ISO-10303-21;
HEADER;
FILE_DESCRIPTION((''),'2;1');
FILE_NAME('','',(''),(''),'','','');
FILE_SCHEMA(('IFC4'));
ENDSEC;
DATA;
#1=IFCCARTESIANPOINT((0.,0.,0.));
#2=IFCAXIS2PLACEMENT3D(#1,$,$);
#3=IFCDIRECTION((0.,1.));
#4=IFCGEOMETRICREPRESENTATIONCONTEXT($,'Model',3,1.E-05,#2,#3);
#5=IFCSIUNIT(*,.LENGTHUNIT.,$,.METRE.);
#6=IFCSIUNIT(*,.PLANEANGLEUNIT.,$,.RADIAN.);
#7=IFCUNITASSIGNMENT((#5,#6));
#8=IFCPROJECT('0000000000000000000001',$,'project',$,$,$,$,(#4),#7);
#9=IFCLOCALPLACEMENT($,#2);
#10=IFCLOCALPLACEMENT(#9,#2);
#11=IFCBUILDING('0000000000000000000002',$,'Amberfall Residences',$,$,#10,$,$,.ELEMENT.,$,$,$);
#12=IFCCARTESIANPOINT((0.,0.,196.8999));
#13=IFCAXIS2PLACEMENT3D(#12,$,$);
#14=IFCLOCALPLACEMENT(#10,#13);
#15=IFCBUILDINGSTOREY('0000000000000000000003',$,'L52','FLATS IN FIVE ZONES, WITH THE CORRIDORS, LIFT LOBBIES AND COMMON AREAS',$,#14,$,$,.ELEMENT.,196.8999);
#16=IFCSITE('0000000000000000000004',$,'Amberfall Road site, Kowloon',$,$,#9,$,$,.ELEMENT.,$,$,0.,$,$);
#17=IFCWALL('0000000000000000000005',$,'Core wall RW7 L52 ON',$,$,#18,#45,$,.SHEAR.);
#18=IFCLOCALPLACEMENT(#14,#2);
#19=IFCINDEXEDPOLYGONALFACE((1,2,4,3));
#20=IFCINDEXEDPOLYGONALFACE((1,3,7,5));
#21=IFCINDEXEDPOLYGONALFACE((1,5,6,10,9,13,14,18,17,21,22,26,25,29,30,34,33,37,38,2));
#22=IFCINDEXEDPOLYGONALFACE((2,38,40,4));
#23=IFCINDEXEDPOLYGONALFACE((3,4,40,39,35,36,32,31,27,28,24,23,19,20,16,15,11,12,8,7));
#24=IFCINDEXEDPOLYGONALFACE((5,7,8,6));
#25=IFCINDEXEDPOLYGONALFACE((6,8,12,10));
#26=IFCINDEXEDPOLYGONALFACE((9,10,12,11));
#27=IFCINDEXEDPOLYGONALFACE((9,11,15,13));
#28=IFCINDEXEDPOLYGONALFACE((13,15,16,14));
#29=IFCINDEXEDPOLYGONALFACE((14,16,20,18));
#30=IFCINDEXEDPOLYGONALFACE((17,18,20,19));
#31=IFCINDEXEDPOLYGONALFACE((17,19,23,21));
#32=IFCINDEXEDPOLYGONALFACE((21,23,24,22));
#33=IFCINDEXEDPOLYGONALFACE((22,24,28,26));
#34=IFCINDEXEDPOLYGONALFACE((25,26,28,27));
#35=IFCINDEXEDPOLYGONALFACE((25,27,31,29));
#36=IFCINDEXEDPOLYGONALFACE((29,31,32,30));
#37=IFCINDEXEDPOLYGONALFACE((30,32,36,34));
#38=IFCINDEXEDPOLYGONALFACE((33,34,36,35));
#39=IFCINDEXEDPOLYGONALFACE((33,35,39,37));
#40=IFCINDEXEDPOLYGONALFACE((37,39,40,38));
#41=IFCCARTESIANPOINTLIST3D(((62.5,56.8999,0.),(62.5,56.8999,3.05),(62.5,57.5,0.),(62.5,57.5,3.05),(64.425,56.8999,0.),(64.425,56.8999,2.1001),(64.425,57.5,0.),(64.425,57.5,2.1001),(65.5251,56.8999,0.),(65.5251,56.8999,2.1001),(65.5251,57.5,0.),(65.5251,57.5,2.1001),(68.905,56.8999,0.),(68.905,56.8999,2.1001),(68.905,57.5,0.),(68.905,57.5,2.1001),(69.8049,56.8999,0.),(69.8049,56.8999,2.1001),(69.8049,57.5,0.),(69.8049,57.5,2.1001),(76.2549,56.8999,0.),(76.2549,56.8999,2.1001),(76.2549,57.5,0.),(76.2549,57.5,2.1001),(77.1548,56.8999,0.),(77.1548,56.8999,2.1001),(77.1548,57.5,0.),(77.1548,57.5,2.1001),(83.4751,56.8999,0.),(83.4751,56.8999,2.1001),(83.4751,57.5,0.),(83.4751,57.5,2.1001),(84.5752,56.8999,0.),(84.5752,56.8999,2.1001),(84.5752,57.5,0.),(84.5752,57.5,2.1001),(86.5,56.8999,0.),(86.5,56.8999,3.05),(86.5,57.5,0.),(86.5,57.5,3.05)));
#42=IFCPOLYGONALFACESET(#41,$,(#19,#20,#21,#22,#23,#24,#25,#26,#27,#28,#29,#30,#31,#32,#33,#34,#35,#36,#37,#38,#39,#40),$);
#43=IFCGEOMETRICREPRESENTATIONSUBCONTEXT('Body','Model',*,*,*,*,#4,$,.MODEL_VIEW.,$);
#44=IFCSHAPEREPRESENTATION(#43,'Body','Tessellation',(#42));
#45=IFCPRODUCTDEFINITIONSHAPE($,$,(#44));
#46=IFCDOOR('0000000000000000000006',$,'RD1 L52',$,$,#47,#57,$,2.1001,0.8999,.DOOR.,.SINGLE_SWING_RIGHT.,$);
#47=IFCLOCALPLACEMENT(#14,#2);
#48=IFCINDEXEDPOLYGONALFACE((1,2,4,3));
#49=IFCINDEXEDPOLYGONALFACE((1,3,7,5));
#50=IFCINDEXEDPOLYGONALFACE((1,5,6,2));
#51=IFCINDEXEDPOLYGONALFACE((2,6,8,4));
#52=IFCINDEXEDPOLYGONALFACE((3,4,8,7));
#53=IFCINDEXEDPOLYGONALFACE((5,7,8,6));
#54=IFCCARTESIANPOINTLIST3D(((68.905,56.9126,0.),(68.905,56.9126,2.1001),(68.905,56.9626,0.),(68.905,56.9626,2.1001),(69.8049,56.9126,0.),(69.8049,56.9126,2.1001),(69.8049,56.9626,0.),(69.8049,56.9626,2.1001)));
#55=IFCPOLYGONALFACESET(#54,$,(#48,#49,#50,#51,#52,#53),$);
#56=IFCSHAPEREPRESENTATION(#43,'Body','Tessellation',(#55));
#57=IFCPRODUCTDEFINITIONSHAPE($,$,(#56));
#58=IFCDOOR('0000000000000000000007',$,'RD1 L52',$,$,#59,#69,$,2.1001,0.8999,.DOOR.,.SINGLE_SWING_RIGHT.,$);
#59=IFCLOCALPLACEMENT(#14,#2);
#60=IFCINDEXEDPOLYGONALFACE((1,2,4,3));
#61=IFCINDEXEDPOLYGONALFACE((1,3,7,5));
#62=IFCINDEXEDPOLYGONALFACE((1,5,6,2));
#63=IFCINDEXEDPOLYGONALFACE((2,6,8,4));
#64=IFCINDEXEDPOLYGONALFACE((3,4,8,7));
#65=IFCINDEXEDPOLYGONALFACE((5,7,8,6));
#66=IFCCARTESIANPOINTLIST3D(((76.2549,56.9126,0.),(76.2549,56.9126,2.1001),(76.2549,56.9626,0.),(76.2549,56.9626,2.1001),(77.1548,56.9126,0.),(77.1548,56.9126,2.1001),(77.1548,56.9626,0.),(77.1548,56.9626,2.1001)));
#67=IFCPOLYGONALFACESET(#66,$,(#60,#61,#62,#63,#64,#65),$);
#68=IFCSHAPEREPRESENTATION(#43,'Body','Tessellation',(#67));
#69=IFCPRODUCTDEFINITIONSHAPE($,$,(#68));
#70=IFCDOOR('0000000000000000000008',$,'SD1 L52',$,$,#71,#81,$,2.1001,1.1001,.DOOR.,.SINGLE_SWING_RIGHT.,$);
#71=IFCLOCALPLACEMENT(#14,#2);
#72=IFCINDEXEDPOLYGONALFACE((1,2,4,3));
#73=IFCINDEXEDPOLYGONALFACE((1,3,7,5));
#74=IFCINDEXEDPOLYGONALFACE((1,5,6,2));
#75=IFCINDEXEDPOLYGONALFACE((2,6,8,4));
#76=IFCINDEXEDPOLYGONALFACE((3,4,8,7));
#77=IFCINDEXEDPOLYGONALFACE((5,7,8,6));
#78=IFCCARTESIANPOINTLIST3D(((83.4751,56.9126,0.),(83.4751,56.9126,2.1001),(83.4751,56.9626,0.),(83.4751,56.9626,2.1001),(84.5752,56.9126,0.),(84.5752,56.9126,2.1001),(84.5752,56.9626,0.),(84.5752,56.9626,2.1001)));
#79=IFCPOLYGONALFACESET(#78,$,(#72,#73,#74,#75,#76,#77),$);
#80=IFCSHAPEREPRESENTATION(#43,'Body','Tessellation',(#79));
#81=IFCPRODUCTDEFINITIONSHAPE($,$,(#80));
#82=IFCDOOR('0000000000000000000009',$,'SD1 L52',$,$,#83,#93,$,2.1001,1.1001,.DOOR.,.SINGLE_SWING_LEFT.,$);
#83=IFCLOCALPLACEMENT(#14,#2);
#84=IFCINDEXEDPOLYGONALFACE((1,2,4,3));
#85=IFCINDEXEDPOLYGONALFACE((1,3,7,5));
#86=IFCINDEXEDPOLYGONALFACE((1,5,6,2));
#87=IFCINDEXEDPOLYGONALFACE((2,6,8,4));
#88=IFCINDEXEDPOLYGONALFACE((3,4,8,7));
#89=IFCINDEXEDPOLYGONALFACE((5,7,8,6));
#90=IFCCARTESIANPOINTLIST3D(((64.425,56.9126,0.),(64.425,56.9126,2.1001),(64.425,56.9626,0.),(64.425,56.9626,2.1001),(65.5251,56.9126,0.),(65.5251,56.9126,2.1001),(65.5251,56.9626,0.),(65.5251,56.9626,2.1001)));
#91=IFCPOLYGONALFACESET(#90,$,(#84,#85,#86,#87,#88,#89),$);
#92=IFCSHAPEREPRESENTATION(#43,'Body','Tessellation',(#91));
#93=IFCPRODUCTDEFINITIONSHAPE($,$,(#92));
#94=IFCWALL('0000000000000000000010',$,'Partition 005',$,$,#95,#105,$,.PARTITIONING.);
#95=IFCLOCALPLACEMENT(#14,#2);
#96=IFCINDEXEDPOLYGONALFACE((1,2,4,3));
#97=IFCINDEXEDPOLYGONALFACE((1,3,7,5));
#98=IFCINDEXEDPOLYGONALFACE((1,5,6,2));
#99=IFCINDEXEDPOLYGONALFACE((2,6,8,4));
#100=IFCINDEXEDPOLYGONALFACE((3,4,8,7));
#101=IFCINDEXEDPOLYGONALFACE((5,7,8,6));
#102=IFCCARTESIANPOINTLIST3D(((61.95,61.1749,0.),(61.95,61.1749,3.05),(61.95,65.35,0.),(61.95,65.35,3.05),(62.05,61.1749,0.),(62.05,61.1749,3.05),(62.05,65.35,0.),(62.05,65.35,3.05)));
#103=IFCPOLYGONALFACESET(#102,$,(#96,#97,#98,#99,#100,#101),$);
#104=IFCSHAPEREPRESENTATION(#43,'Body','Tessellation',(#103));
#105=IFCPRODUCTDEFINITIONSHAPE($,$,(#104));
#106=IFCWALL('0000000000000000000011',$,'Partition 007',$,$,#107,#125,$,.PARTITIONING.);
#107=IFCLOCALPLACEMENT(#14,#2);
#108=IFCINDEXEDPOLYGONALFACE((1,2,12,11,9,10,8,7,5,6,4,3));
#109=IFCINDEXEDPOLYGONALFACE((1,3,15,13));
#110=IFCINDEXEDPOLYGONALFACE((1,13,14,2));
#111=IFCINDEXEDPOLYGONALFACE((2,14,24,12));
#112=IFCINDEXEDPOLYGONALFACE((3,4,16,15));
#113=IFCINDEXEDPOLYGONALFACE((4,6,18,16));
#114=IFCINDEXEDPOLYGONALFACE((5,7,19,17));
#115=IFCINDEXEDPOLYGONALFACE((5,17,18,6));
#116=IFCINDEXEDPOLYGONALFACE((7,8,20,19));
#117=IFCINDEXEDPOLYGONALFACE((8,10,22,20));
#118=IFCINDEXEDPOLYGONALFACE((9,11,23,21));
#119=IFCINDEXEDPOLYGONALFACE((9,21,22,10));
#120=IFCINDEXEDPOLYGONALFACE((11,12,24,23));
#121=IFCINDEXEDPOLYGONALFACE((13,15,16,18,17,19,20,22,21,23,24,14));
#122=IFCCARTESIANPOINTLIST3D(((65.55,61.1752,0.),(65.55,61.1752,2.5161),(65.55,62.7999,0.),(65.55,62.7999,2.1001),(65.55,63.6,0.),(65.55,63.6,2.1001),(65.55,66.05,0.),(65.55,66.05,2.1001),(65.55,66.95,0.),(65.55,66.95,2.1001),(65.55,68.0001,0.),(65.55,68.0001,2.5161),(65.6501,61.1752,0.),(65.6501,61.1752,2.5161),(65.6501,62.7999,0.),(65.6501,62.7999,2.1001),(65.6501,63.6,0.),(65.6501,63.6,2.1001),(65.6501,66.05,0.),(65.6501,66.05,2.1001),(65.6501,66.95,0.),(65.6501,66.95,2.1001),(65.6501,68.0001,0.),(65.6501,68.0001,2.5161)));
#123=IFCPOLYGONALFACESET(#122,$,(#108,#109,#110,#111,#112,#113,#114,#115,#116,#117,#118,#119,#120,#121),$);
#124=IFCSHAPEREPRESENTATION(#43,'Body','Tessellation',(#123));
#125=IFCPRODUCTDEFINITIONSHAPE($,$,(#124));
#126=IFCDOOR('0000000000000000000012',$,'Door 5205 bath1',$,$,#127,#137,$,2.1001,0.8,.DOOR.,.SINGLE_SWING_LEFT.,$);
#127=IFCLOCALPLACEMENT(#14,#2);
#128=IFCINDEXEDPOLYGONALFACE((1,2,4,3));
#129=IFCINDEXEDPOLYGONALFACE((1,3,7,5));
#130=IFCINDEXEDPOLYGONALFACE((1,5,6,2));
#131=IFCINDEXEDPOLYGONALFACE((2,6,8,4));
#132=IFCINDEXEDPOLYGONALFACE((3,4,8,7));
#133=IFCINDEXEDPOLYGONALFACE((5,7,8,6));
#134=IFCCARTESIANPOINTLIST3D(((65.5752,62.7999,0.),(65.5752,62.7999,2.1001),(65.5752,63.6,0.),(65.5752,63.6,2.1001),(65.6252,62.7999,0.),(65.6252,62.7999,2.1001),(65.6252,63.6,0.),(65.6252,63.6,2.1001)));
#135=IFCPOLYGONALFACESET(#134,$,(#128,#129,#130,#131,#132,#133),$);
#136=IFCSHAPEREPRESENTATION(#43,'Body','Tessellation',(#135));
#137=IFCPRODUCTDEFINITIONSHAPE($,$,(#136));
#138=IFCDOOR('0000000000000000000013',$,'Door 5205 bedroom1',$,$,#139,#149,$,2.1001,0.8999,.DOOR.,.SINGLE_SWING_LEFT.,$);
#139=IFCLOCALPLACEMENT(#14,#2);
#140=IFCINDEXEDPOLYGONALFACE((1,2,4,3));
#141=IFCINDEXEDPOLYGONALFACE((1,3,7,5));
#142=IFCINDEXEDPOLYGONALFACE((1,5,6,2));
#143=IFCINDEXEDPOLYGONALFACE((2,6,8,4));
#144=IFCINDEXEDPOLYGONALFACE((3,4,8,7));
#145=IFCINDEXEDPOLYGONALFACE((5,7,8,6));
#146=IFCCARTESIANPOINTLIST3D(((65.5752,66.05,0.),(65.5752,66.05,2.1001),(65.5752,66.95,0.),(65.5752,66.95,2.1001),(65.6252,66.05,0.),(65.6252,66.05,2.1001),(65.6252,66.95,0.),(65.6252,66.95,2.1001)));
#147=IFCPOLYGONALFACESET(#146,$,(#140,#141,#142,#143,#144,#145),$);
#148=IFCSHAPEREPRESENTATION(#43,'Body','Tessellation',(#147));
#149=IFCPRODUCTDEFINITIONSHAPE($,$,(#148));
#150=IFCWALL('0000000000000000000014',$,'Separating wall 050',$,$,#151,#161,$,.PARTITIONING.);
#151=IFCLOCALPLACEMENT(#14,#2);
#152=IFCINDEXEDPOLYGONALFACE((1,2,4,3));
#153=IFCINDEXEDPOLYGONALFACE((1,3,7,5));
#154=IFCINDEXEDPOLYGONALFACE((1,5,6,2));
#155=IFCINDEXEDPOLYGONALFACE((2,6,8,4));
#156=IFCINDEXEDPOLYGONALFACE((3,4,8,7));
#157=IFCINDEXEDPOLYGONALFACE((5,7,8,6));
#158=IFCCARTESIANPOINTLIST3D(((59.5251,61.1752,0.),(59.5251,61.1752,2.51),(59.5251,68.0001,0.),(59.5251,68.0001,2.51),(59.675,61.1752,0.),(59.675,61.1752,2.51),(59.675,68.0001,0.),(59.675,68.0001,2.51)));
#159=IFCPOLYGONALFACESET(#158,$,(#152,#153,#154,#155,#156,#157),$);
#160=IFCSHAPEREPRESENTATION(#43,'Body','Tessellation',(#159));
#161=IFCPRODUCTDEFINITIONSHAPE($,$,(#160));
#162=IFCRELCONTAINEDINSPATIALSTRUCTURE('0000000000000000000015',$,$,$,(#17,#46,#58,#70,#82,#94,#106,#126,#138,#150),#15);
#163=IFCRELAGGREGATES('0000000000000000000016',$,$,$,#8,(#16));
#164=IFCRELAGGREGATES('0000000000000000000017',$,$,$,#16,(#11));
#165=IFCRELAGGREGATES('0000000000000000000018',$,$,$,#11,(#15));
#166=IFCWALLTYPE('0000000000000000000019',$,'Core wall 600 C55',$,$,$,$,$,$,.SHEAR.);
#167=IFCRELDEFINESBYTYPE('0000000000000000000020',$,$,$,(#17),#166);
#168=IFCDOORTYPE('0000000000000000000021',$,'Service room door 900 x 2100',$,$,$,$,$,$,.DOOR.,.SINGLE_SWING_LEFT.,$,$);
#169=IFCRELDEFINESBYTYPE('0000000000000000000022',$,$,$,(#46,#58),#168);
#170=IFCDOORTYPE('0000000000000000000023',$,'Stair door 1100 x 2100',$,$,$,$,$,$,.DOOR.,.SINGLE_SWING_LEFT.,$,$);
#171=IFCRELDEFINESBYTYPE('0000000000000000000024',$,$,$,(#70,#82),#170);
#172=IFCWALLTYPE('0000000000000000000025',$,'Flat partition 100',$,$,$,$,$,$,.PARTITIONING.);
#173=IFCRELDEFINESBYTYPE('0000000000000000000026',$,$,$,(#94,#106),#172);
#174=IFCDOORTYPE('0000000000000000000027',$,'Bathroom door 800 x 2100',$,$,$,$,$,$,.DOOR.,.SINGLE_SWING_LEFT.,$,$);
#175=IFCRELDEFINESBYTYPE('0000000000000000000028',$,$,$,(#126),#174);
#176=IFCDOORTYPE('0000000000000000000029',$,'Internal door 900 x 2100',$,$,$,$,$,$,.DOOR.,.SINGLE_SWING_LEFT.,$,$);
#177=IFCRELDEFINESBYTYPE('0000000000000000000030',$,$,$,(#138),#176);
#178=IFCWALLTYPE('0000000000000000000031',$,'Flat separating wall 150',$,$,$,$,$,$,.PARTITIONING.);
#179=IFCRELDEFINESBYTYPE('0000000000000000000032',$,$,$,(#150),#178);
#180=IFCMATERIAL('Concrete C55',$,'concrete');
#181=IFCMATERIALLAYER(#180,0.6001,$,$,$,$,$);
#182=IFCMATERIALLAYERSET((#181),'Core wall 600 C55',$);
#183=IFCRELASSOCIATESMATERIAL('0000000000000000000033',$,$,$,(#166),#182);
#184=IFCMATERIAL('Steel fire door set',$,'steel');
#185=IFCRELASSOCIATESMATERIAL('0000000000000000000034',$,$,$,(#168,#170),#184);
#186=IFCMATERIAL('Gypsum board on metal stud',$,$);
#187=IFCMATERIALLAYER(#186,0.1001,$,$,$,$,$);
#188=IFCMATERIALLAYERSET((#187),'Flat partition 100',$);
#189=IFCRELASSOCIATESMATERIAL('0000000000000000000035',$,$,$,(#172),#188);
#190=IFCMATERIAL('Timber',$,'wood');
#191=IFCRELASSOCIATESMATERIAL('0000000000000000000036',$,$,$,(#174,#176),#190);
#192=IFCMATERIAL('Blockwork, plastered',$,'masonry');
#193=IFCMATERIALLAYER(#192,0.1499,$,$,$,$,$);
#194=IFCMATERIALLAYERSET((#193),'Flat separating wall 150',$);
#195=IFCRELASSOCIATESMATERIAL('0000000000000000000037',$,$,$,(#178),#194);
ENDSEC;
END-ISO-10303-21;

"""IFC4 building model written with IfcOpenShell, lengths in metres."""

from ifc_helpers import new_model, si_unit, direction, frame, frame_2d, origin, place, context, subcontext, project, spatial, rectangle, extrude, material, layer, layer_set, type_object, element, fill, save


model = new_model("IFC4")

# Units and contexts
model_context = context("Model", 3, precision=1e-05, world=origin(), true_north=direction((0.0, 1.0)))
body_context = subcontext(model_context, "Body", "Model", "MODEL_VIEW")
ifc_project = project(units=[si_unit("LENGTHUNIT", "METRE"), si_unit("PLANEANGLEUNIT", "RADIAN")], contexts=[model_context])

# Site, building, storey
site_placement = place(None, origin())
site = spatial("IfcSite", under=ifc_project, at=site_placement, Name="Amberfall Road site, Kowloon", CompositionType="ELEMENT", RefElevation=0.0)
building_placement = place(site_placement, origin())
building = spatial("IfcBuilding", under=site, at=building_placement, Name="Amberfall Residences", CompositionType="ELEMENT")
storey_placement = place(building_placement, frame((0.0, 0.0, 196.8999)))
storey = spatial("IfcBuildingStorey", under=building, at=storey_placement, Name="L52", Description="FLATS IN FIVE ZONES, WITH THE CORRIDORS, LIFT LOBBIES AND COMMON AREAS", CompositionType="ELEMENT", Elevation=196.8999)

# Wall, openings, doors
ifc_material_1 = material(Name="Concrete C55", Category="concrete")
ifc_layer_1 = layer(ifc_material_1, 0.6001)
ifc_layer_set_1 = layer_set([ifc_layer_1], Name="Core wall 600 C55")
wall_type_1 = type_object("IfcWallType", Name="Core wall 600 C55", PredefinedType="SHEAR", material=ifc_layer_set_1)
wall_1_placement = place(storey_placement, frame((62.5, 57.2, 0.0), z_axis=(0.0, 0.0, 1.0), x_axis=(1.0, 0.0, 0.0)))
wall_1 = element("IfcWall", 1, at=wall_1_placement, inside=storey, type_object=wall_type_1, Name="Core wall RW7 L52 ON", PredefinedType="SHEAR", context=body_context, shape_type="SweptSolid", body=[
    extrude(rectangle(XDim=24.0, YDim=0.6001, at=frame_2d((12.0, 0.0))), origin(), (0.0, 0.0, 1.0), 3.05),
])
opening_1_placement = place(wall_1_placement, frame((20.9751, 0.0, 0.0)))
opening_1 = element("IfcOpeningElement", 2, at=opening_1_placement, cuts=wall_1, PredefinedType="OPENING", context=body_context, shape_type="SweptSolid", body=[
    extrude(rectangle(XDim=1.1001, YDim=2.1001, at=frame_2d((0.55, 1.05))), frame((0.0, 0.3101, 0.0), z_axis=(0.0, -1.0, 0.0), x_axis=(1.0, 0.0, 0.0)), (0.0, 0.0, 1.0), 0.6201),
])
opening_2_placement = place(wall_1_placement, frame((1.925, 0.0, 0.0)))
opening_2 = element("IfcOpeningElement", 3, at=opening_2_placement, cuts=wall_1, PredefinedType="OPENING", context=body_context, shape_type="SweptSolid", body=[
    extrude(rectangle(XDim=1.1001, YDim=2.1001, at=frame_2d((0.55, 1.05))), frame((0.0, 0.3101, 0.0), z_axis=(0.0, -1.0, 0.0), x_axis=(1.0, 0.0, 0.0)), (0.0, 0.0, 1.0), 0.6201),
])
opening_3_placement = place(wall_1_placement, frame((6.405, 0.0, 0.0)))
opening_3 = element("IfcOpeningElement", 4, at=opening_3_placement, cuts=wall_1, PredefinedType="OPENING", context=body_context, shape_type="SweptSolid", body=[
    extrude(rectangle(XDim=0.8999, YDim=2.1001, at=frame_2d((0.45, 1.05))), frame((0.0, 0.3101, 0.0), z_axis=(0.0, -1.0, 0.0), x_axis=(1.0, 0.0, 0.0)), (0.0, 0.0, 1.0), 0.6201),
])
opening_4_placement = place(wall_1_placement, frame((13.7549, 0.0, 0.0)))
opening_4 = element("IfcOpeningElement", 5, at=opening_4_placement, cuts=wall_1, PredefinedType="OPENING", context=body_context, shape_type="SweptSolid", body=[
    extrude(rectangle(XDim=0.8999, YDim=2.1001, at=frame_2d((0.45, 1.05))), frame((0.0, 0.3101, 0.0), z_axis=(0.0, -1.0, 0.0), x_axis=(1.0, 0.0, 0.0)), (0.0, 0.0, 1.0), 0.6201),
])
ifc_material_2 = material(Name="Steel fire door set", Category="steel")
door_type_1 = type_object("IfcDoorType", Name="Service room door 900 x 2100", OperationType="SINGLE_SWING_LEFT", PredefinedType="DOOR", material=ifc_material_2)
door_1_placement = place(opening_3_placement, origin())
door_1 = element("IfcDoor", 6, at=door_1_placement, inside=storey, type_object=door_type_1, Name="RD1 L52", OperationType="SINGLE_SWING_RIGHT", OverallHeight=2.1001, OverallWidth=0.8999, PredefinedType="DOOR", context=body_context, shape_type="SweptSolid", body=[
    extrude(rectangle(XDim=0.8999, YDim=2.1001, at=frame_2d((0.45, 1.05))), frame((0.0, -0.2373, 0.0), z_axis=(0.0, -1.0, 0.0), x_axis=(1.0, 0.0, 0.0)), (0.0, 0.0, 1.0), 0.05),
])
fill(opening_3, door_1)
door_2_placement = place(opening_4_placement, origin())
door_2 = element("IfcDoor", 7, at=door_2_placement, inside=storey, type_object=door_type_1, Name="RD1 L52", OperationType="SINGLE_SWING_RIGHT", OverallHeight=2.1001, OverallWidth=0.8999, PredefinedType="DOOR", context=body_context, shape_type="SweptSolid", body=[
    extrude(rectangle(XDim=0.8999, YDim=2.1001, at=frame_2d((0.45, 1.05))), frame((0.0, -0.2373, 0.0), z_axis=(0.0, -1.0, 0.0), x_axis=(1.0, 0.0, 0.0)), (0.0, 0.0, 1.0), 0.05),
])
fill(opening_4, door_2)
door_type_2 = type_object("IfcDoorType", Name="Stair door 1100 x 2100", OperationType="SINGLE_SWING_LEFT", PredefinedType="DOOR", material=ifc_material_2)
door_3_placement = place(opening_1_placement, origin())
door_3 = element("IfcDoor", 8, at=door_3_placement, inside=storey, type_object=door_type_2, Name="SD1 L52", OperationType="SINGLE_SWING_RIGHT", OverallHeight=2.1001, OverallWidth=1.1001, PredefinedType="DOOR", context=body_context, shape_type="SweptSolid", body=[
    extrude(rectangle(XDim=1.1001, YDim=2.1001, at=frame_2d((0.55, 1.05))), frame((0.0, -0.2373, 0.0), z_axis=(0.0, -1.0, 0.0), x_axis=(1.0, 0.0, 0.0)), (0.0, 0.0, 1.0), 0.05),
])
fill(opening_1, door_3)
door_4_placement = place(opening_2_placement, origin())
door_4 = element("IfcDoor", 9, at=door_4_placement, inside=storey, type_object=door_type_2, Name="SD1 L52", OperationType="SINGLE_SWING_LEFT", OverallHeight=2.1001, OverallWidth=1.1001, PredefinedType="DOOR", context=body_context, shape_type="SweptSolid", body=[
    extrude(rectangle(XDim=1.1001, YDim=2.1001, at=frame_2d((0.55, 1.05))), frame((0.0, -0.2373, 0.0), z_axis=(0.0, -1.0, 0.0), x_axis=(1.0, 0.0, 0.0)), (0.0, 0.0, 1.0), 0.05),
])
fill(opening_2, door_4)

# Wall
ifc_material_3 = material(Name="Gypsum board on metal stud")
ifc_layer_2 = layer(ifc_material_3, 0.1001)
ifc_layer_set_2 = layer_set([ifc_layer_2], Name="Flat partition 100")
wall_type_2 = type_object("IfcWallType", Name="Flat partition 100", PredefinedType="PARTITIONING", material=ifc_layer_set_2)
wall_2_placement = place(storey_placement, frame((62.0, 61.175, 0.0), z_axis=(0.0, 0.0, 1.0), x_axis=(0.0, 1.0, 0.0)))
element("IfcWall", 10, at=wall_2_placement, inside=storey, type_object=wall_type_2, Name="Partition 005", PredefinedType="PARTITIONING", context=body_context, shape_type="SweptSolid", body=[
    extrude(rectangle(XDim=4.175, YDim=0.1001, at=frame_2d((2.0874, 0.0))), origin(), (0.0, 0.0, 1.0), 3.05),
])

# Wall, openings, doors
wall_3_placement = place(storey_placement, frame((65.6001, 61.175, 0.0), z_axis=(0.0, 0.0, 1.0), x_axis=(0.0, 1.0, 0.0)))
wall_3 = element("IfcWall", 11, at=wall_3_placement, inside=storey, type_object=wall_type_2, Name="Partition 007", PredefinedType="PARTITIONING", context=body_context, shape_type="SweptSolid", body=[
    extrude(rectangle(XDim=6.825, YDim=0.1001, at=frame_2d((3.4126, 0.0))), origin(), (0.0, 0.0, 1.0), 2.5161),
])
opening_5_placement = place(wall_3_placement, frame((4.875, 0.0, 0.0)))
opening_5 = element("IfcOpeningElement", 12, at=opening_5_placement, cuts=wall_3, PredefinedType="OPENING", context=body_context, shape_type="SweptSolid", body=[
    extrude(rectangle(XDim=0.8999, YDim=2.1001, at=frame_2d((0.45, 1.05))), frame((0.0, 0.0601, 0.0), z_axis=(0.0, -1.0, 0.0), x_axis=(1.0, 0.0, 0.0)), (0.0, 0.0, 1.0), 0.1201),
])
opening_6_placement = place(wall_3_placement, frame((1.625, 0.0, 0.0)))
opening_6 = element("IfcOpeningElement", 13, at=opening_6_placement, cuts=wall_3, PredefinedType="OPENING", context=body_context, shape_type="SweptSolid", body=[
    extrude(rectangle(XDim=0.8, YDim=2.1001, at=frame_2d((0.3999, 1.05))), frame((0.0, 0.0601, 0.0), z_axis=(0.0, -1.0, 0.0), x_axis=(1.0, 0.0, 0.0)), (0.0, 0.0, 1.0), 0.1201),
])
ifc_material_4 = material(Name="Timber", Category="wood")
door_type_3 = type_object("IfcDoorType", Name="Bathroom door 800 x 2100", OperationType="SINGLE_SWING_LEFT", PredefinedType="DOOR", material=ifc_material_4)
door_5_placement = place(opening_6_placement, origin())
door_5 = element("IfcDoor", 14, at=door_5_placement, inside=storey, type_object=door_type_3, Name="Door 5205 bath1", OperationType="SINGLE_SWING_LEFT", OverallHeight=2.1001, OverallWidth=0.8, PredefinedType="DOOR", context=body_context, shape_type="SweptSolid", body=[
    extrude(rectangle(XDim=0.8, YDim=2.1001, at=frame_2d((0.3999, 1.05))), frame((0.0, 0.0249, 0.0), z_axis=(0.0, -1.0, 0.0), x_axis=(1.0, 0.0, 0.0)), (0.0, 0.0, 1.0), 0.05),
])
fill(opening_6, door_5)
door_type_4 = type_object("IfcDoorType", Name="Internal door 900 x 2100", OperationType="SINGLE_SWING_LEFT", PredefinedType="DOOR", material=ifc_material_4)
door_6_placement = place(opening_5_placement, origin())
door_6 = element("IfcDoor", 15, at=door_6_placement, inside=storey, type_object=door_type_4, Name="Door 5205 bedroom1", OperationType="SINGLE_SWING_LEFT", OverallHeight=2.1001, OverallWidth=0.8999, PredefinedType="DOOR", context=body_context, shape_type="SweptSolid", body=[
    extrude(rectangle(XDim=0.8999, YDim=2.1001, at=frame_2d((0.45, 1.05))), frame((0.0, 0.0249, 0.0), z_axis=(0.0, -1.0, 0.0), x_axis=(1.0, 0.0, 0.0)), (0.0, 0.0, 1.0), 0.05),
])
fill(opening_5, door_6)

# Wall
ifc_material_5 = material(Name="Blockwork, plastered", Category="masonry")
ifc_layer_3 = layer(ifc_material_5, 0.1499)
ifc_layer_set_3 = layer_set([ifc_layer_3], Name="Flat separating wall 150")
wall_type_3 = type_object("IfcWallType", Name="Flat separating wall 150", PredefinedType="PARTITIONING", material=ifc_layer_set_3)
wall_4_placement = place(storey_placement, frame((59.6001, 61.175, 0.0), z_axis=(0.0, 0.0, 1.0), x_axis=(0.0, 1.0, 0.0)))
element("IfcWall", 16, at=wall_4_placement, inside=storey, type_object=wall_type_3, Name="Separating wall 050", PredefinedType="PARTITIONING", context=body_context, shape_type="SweptSolid", body=[
    extrude(rectangle(XDim=6.825, YDim=0.1499, at=frame_2d((3.4126, 0.0))), origin(), (0.0, 0.0, 1.0), 2.51),
])

save(model, "model.ifc")
